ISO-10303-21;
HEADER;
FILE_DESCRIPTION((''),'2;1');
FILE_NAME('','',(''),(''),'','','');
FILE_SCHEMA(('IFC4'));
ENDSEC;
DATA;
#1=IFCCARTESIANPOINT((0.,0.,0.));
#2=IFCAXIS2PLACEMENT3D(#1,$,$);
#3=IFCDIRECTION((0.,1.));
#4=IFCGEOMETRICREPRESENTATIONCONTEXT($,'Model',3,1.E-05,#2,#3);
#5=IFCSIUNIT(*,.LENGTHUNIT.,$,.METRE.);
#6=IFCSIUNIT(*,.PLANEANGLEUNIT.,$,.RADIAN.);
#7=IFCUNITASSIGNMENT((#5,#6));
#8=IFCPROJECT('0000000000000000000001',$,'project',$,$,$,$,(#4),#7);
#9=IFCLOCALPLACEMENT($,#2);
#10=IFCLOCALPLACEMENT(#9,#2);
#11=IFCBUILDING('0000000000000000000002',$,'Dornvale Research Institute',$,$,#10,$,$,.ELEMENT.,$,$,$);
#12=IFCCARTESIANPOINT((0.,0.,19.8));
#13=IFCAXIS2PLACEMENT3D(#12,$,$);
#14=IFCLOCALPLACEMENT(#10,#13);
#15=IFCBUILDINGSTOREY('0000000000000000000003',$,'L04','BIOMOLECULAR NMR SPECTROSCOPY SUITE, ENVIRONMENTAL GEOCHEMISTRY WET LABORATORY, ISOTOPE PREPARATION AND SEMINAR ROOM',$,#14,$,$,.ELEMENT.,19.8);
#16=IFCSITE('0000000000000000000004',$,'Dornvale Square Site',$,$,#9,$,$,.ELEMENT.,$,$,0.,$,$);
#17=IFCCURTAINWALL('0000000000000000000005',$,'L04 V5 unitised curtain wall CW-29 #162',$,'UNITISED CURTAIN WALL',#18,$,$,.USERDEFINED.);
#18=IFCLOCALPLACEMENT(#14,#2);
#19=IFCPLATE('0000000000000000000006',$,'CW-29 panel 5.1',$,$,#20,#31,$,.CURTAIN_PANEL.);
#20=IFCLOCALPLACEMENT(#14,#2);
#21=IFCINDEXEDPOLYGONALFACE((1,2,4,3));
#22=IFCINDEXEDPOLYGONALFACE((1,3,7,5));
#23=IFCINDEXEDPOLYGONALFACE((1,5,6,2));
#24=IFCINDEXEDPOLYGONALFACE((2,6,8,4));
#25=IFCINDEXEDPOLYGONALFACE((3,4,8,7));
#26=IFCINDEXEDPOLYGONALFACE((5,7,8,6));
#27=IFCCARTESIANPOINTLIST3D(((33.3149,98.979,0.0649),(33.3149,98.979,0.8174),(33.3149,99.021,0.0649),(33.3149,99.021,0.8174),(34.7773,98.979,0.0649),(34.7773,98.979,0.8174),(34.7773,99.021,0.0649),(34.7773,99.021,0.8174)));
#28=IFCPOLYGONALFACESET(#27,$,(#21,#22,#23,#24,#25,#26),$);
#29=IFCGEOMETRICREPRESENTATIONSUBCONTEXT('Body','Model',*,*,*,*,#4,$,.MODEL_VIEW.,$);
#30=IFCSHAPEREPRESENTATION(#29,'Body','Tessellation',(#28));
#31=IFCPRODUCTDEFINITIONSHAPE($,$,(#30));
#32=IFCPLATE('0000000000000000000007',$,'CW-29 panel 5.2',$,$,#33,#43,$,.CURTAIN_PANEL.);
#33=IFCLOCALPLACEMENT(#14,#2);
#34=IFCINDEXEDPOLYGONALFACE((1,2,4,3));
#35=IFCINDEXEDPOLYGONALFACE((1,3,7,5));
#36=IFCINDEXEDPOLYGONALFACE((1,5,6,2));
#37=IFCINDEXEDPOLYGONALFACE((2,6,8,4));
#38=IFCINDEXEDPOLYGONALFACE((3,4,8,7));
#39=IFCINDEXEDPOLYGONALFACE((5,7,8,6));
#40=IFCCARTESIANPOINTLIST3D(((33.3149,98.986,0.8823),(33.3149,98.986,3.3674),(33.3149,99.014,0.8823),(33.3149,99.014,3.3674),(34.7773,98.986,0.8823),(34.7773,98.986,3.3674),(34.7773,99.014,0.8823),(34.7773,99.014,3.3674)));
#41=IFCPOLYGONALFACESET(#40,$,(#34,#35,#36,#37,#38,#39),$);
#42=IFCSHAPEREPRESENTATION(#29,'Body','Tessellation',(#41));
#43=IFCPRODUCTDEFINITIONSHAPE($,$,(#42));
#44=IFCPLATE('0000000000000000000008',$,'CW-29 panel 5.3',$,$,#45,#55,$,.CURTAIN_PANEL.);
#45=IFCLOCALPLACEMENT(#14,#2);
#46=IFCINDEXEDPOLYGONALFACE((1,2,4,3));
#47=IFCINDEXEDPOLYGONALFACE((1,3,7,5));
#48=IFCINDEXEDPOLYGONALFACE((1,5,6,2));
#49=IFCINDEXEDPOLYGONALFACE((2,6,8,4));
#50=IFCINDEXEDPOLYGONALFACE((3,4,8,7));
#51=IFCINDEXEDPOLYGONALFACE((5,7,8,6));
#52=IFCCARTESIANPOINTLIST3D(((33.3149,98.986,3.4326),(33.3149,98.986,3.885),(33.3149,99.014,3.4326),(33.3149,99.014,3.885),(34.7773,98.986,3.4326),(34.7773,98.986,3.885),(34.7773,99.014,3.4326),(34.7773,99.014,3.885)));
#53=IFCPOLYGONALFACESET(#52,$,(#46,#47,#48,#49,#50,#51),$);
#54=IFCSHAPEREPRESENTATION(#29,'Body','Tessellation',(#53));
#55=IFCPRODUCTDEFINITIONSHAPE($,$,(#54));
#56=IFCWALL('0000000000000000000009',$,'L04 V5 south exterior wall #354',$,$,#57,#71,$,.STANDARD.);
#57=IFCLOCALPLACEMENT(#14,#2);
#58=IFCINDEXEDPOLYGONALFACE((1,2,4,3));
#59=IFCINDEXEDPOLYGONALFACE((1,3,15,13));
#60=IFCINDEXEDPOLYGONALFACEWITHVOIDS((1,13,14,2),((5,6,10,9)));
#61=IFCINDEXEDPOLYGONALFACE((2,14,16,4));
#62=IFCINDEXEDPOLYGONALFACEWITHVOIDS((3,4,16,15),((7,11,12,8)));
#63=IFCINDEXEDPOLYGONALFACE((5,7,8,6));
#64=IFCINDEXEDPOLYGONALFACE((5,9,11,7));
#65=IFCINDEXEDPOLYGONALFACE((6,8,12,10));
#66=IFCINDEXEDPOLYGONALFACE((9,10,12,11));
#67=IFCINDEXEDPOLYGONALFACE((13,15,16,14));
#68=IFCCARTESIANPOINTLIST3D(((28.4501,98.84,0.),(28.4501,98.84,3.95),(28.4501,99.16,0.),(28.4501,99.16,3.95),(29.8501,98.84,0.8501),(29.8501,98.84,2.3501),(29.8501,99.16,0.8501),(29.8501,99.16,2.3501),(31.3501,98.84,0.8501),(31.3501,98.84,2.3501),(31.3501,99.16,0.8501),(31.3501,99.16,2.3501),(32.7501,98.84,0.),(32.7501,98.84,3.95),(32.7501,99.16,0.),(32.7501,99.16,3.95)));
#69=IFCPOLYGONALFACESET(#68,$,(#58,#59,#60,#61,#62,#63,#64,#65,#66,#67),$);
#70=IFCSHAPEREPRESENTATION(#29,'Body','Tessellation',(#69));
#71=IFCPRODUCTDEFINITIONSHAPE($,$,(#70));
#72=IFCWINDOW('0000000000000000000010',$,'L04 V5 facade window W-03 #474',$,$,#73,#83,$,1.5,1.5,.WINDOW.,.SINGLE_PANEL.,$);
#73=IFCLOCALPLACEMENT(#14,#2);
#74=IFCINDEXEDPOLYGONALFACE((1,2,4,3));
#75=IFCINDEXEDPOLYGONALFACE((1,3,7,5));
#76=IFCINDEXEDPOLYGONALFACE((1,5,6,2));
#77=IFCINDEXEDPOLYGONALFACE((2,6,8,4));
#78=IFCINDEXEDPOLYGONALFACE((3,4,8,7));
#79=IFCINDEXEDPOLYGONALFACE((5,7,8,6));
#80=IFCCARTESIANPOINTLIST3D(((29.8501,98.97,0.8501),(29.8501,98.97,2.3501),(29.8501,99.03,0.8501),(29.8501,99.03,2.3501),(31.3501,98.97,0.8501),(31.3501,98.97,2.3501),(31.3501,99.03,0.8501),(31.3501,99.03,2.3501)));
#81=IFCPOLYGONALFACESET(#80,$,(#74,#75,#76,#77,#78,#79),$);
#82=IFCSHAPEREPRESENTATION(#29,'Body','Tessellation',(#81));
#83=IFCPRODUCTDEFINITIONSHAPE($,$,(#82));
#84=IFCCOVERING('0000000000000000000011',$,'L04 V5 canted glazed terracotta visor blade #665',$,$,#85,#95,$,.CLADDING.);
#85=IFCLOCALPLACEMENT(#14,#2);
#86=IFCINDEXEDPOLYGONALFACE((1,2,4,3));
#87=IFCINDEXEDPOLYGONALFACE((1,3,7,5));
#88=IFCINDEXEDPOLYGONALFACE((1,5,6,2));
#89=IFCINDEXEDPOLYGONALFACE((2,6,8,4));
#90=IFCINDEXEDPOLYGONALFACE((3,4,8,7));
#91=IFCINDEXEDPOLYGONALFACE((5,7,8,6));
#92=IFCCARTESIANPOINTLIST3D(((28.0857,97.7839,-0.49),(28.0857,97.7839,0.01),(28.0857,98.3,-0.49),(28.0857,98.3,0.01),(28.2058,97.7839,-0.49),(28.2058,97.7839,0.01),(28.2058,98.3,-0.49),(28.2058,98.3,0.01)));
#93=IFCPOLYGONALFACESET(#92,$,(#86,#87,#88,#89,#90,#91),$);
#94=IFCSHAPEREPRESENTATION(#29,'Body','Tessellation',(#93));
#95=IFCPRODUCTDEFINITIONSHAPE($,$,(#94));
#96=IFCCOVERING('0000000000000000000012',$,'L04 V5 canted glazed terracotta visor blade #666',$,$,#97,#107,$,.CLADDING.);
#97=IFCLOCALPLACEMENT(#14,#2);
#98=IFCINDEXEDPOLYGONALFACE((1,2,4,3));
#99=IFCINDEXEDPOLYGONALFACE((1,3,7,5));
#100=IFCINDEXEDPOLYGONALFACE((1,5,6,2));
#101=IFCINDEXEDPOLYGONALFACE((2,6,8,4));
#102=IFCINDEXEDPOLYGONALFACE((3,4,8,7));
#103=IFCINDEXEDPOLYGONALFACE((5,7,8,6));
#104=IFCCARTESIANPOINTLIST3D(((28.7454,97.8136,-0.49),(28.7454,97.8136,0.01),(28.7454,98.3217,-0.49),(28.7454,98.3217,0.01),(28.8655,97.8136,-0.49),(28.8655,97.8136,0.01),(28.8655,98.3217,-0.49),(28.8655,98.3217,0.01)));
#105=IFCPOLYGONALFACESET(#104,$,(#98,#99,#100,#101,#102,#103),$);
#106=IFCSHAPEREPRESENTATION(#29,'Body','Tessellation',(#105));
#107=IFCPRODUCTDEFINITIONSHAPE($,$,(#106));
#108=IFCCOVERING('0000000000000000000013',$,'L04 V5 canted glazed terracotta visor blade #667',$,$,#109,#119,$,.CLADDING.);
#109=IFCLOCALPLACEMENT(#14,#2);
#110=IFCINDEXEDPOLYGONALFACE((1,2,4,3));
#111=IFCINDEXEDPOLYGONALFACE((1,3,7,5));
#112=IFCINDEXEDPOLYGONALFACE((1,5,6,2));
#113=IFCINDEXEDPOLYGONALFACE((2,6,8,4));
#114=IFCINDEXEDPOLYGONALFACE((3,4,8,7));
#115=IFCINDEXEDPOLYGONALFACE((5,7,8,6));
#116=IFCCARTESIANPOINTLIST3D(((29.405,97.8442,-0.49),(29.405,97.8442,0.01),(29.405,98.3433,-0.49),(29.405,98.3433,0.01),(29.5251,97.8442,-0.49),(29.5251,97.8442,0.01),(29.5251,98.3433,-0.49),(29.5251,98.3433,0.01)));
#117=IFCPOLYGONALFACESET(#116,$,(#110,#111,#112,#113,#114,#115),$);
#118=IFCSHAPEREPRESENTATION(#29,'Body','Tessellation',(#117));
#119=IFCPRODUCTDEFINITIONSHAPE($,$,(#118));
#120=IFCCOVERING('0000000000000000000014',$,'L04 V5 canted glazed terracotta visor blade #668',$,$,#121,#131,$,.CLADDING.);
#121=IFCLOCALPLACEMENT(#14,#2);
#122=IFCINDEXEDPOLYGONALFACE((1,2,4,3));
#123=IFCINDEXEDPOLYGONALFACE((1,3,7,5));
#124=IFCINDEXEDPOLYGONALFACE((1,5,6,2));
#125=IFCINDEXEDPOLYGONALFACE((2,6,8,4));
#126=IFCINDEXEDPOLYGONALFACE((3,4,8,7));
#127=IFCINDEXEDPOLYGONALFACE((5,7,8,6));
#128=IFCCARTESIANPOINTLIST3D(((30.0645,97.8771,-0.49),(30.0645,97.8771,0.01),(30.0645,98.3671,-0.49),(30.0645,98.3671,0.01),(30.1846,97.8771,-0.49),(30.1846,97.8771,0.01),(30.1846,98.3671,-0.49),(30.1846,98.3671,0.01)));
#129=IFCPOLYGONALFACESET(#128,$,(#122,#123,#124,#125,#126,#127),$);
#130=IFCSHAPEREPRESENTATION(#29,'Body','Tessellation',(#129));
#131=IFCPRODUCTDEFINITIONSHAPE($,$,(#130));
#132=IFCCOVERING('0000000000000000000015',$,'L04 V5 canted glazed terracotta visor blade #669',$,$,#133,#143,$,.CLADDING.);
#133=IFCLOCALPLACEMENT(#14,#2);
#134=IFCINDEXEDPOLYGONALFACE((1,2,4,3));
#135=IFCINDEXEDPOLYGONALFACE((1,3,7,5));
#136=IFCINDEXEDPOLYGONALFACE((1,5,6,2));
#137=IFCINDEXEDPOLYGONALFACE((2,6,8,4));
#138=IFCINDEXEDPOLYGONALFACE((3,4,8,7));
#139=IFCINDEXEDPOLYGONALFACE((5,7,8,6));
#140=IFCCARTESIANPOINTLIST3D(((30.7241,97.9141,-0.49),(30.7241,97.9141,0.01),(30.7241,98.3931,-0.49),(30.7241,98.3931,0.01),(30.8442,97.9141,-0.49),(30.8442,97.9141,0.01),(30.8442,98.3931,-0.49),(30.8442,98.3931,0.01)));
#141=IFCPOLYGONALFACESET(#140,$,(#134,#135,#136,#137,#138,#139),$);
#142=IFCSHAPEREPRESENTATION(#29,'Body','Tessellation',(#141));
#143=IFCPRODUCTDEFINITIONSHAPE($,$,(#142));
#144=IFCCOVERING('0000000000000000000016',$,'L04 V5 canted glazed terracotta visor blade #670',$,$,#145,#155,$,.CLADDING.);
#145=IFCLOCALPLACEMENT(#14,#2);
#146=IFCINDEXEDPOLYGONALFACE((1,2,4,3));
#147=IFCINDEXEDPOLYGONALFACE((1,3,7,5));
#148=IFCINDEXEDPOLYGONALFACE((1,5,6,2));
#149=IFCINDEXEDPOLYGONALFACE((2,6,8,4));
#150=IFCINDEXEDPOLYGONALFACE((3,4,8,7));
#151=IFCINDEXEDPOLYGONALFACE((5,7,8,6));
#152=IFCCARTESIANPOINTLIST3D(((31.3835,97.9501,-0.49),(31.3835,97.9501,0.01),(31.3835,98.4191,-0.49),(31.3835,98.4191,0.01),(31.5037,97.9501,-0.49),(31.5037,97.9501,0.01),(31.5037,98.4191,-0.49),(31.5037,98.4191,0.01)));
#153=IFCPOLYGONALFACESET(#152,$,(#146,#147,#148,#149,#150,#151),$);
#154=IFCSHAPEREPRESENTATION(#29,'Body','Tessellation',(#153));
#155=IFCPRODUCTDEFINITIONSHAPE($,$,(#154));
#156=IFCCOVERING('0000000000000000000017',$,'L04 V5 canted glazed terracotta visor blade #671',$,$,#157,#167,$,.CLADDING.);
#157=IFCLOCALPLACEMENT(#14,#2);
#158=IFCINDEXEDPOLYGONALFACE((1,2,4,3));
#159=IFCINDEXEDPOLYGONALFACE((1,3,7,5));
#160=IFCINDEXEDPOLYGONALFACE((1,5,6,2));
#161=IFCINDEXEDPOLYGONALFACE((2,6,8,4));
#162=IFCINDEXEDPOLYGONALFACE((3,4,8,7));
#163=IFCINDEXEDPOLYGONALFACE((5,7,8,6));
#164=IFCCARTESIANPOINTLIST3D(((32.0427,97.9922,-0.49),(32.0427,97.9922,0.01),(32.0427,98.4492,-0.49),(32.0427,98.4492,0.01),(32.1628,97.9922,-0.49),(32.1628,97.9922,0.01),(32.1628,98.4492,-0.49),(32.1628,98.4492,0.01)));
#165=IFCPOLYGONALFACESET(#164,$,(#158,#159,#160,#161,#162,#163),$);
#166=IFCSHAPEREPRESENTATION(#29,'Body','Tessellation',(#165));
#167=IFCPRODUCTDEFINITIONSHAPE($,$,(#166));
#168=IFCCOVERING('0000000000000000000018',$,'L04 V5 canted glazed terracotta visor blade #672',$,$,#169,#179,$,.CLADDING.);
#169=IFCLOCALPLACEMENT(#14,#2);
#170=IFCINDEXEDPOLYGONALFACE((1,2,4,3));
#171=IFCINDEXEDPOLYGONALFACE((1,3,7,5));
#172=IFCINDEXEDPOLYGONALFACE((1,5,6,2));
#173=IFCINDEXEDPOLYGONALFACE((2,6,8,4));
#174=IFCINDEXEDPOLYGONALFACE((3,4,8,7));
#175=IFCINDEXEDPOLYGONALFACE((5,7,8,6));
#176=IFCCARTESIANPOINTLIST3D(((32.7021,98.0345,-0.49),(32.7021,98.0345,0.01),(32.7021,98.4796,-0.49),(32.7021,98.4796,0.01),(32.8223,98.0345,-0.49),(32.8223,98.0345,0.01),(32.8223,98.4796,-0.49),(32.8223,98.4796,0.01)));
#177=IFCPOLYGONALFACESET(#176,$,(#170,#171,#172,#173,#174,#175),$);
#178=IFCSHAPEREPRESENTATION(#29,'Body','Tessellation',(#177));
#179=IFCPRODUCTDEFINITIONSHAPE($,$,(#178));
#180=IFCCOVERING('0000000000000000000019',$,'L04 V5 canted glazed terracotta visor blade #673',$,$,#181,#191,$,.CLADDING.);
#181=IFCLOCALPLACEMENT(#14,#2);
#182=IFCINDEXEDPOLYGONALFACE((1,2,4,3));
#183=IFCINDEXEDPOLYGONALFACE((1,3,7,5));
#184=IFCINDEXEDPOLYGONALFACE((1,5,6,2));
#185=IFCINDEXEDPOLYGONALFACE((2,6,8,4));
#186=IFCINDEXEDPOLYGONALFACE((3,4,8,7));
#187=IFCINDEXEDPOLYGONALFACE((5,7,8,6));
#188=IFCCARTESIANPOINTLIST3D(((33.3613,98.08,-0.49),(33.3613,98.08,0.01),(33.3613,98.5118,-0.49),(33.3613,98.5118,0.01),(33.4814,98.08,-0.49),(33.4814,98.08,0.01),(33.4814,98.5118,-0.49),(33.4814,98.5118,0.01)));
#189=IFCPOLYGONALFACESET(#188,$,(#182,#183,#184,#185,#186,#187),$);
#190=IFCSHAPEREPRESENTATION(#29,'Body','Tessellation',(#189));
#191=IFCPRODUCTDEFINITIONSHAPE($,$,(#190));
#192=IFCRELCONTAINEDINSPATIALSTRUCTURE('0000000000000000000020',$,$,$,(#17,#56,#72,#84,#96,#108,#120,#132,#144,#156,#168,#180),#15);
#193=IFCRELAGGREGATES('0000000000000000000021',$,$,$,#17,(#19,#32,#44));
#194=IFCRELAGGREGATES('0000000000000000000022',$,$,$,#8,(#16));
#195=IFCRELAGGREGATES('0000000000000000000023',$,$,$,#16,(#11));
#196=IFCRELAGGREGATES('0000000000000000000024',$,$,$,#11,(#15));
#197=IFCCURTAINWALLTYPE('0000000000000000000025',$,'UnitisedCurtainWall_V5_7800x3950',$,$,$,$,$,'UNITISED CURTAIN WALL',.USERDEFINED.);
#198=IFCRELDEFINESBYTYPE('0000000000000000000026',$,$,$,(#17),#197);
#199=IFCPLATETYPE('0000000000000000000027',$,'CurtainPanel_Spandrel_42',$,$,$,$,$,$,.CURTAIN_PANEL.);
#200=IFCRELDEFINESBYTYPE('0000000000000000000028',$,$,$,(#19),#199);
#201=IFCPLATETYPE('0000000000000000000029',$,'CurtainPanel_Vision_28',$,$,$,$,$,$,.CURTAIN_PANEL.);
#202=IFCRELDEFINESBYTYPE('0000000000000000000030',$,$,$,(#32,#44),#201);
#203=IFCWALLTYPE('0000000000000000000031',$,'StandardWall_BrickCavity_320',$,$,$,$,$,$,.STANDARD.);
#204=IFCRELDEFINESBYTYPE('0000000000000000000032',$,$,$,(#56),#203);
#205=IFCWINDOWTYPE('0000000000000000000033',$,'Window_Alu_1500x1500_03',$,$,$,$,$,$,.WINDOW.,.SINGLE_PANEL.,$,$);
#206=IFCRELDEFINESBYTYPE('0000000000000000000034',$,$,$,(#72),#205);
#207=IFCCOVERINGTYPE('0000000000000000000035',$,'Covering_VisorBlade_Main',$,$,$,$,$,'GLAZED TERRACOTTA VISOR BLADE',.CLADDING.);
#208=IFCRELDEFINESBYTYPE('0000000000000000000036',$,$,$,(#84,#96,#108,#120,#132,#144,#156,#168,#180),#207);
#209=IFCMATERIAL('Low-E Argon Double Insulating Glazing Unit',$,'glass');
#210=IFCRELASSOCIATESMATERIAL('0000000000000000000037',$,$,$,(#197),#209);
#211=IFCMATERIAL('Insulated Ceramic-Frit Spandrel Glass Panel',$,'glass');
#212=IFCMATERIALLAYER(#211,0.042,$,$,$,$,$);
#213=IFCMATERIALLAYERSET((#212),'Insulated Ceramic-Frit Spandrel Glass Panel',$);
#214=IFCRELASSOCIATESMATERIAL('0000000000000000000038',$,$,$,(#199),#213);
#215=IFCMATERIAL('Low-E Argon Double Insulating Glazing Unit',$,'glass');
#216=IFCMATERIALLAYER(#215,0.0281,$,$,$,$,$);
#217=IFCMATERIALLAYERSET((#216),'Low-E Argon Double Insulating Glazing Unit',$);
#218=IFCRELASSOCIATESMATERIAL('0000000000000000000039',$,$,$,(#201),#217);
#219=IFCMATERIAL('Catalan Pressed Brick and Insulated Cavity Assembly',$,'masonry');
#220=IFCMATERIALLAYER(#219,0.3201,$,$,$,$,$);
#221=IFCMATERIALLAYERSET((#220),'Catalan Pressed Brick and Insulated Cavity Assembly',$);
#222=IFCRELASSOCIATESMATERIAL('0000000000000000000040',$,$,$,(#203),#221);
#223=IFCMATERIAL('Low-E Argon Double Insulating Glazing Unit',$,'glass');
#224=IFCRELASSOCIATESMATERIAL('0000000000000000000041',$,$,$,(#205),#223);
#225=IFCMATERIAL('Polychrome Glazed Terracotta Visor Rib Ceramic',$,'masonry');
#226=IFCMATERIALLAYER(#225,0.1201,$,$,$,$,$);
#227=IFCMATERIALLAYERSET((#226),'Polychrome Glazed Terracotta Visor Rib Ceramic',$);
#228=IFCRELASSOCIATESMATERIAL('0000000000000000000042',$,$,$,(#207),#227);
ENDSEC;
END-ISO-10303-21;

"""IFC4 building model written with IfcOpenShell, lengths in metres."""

from ifc_helpers import new_model, si_unit, direction, frame, frame_2d, origin, origin_2d, place, context, subcontext, project, spatial, rectangle, extrude, material, layer, layer_set, type_object, element, fill, aggregate, save


model = new_model("IFC4")

# Units and contexts
model_context = context("Model", 3, precision=1e-05, world=origin(), true_north=direction((0.0, 1.0)))
body_context = subcontext(model_context, "Body", "Model", "MODEL_VIEW")
ifc_project = project(units=[si_unit("LENGTHUNIT", "METRE"), si_unit("PLANEANGLEUNIT", "RADIAN")], contexts=[model_context])

# Site, building, storey
site_placement = place(None, origin())
site = spatial("IfcSite", under=ifc_project, at=site_placement, Name="Dornvale Square Site", CompositionType="ELEMENT", RefElevation=0.0)
building_placement = place(site_placement, origin())
building = spatial("IfcBuilding", under=site, at=building_placement, Name="Dornvale Research Institute", CompositionType="ELEMENT")
storey_placement = place(building_placement, frame((0.0, 0.0, 19.8)))
storey = spatial("IfcBuildingStorey", under=building, at=storey_placement, Name="L04", Description="BIOMOLECULAR NMR SPECTROSCOPY SUITE, ENVIRONMENTAL GEOCHEMISTRY WET LABORATORY, ISOTOPE PREPARATION AND SEMINAR ROOM", CompositionType="ELEMENT", Elevation=19.8)

# Curtain wall
ifc_material_1 = material(Name="Low-E Argon Double Insulating Glazing Unit", Category="glass")
curtain_wall_type_1 = type_object("IfcCurtainWallType", Name="UnitisedCurtainWall_V5_7800x3950", ElementType="UNITISED CURTAIN WALL", PredefinedType="USERDEFINED", material=ifc_material_1)
curtain_wall_1_placement = place(storey_placement, origin())
curtain_wall_1 = element("IfcCurtainWall", 1, at=curtain_wall_1_placement, inside=storey, type_object=curtain_wall_type_1, Name="L04 V5 unitised curtain wall CW-29 #162", ObjectType="UNITISED CURTAIN WALL", PredefinedType="USERDEFINED")

# Plates
ifc_material_2 = material(Name="Insulated Ceramic-Frit Spandrel Glass Panel", Category="glass")
ifc_layer_1 = layer(ifc_material_2, 0.042)
ifc_layer_set_1 = layer_set([ifc_layer_1], Name="Insulated Ceramic-Frit Spandrel Glass Panel")
plate_type_1 = type_object("IfcPlateType", Name="CurtainPanel_Spandrel_42", PredefinedType="CURTAIN_PANEL", material=ifc_layer_set_1)
plate_1_placement = place(storey_placement, frame((34.0461, 99.0, 0.0649), z_axis=(0.0, 0.0, 1.0), x_axis=(-1.0, 0.0, 0.0)))
plate_1 = element("IfcPlate", 2, at=plate_1_placement, type_object=plate_type_1, Name="CW-29 panel 5.1", PredefinedType="CURTAIN_PANEL", context=body_context, shape_type="SweptSolid", body=[
    extrude(rectangle(XDim=1.4624, YDim=0.042, at=origin_2d()), origin(), (0.0, 0.0, 1.0), 0.7524),
])
ifc_material_3 = material(Name="Low-E Argon Double Insulating Glazing Unit", Category="glass")
ifc_layer_2 = layer(ifc_material_3, 0.0281)
ifc_layer_set_2 = layer_set([ifc_layer_2], Name="Low-E Argon Double Insulating Glazing Unit")
plate_type_2 = type_object("IfcPlateType", Name="CurtainPanel_Vision_28", PredefinedType="CURTAIN_PANEL", material=ifc_layer_set_2)
plate_2_placement = place(storey_placement, frame((34.0461, 99.0, 0.8823), z_axis=(0.0, 0.0, 1.0), x_axis=(-1.0, 0.0, 0.0)))
plate_2 = element("IfcPlate", 3, at=plate_2_placement, type_object=plate_type_2, Name="CW-29 panel 5.2", PredefinedType="CURTAIN_PANEL", context=body_context, shape_type="SweptSolid", body=[
    extrude(rectangle(XDim=1.4624, YDim=0.0281, at=origin_2d()), origin(), (0.0, 0.0, 1.0), 2.4851),
])
plate_3_placement = place(storey_placement, frame((34.0461, 99.0, 3.4326), z_axis=(0.0, 0.0, 1.0), x_axis=(-1.0, 0.0, 0.0)))
plate_3 = element("IfcPlate", 4, at=plate_3_placement, type_object=plate_type_2, Name="CW-29 panel 5.3", PredefinedType="CURTAIN_PANEL", context=body_context, shape_type="SweptSolid", body=[
    extrude(rectangle(XDim=1.4624, YDim=0.0281, at=origin_2d()), origin(), (0.0, 0.0, 1.0), 0.4524),
])
aggregate(curtain_wall_1, [plate_1, plate_2, plate_3])

# Wall, opening, window
ifc_material_4 = material(Name="Catalan Pressed Brick and Insulated Cavity Assembly", Category="masonry")
ifc_layer_3 = layer(ifc_material_4, 0.3201)
ifc_layer_set_3 = layer_set([ifc_layer_3], Name="Catalan Pressed Brick and Insulated Cavity Assembly")
wall_type = type_object("IfcWallType", Name="StandardWall_BrickCavity_320", PredefinedType="STANDARD", material=ifc_layer_set_3)
wall_placement = place(storey_placement, frame((32.75, 99.0, 0.0), z_axis=(0.0, 0.0, 1.0), x_axis=(-1.0, 0.0, 0.0)))
wall = element("IfcWall", 5, at=wall_placement, inside=storey, type_object=wall_type, Name="L04 V5 south exterior wall #354", PredefinedType="STANDARD", context=body_context, shape_type="SweptSolid", body=[
    extrude(rectangle(XDim=4.3, YDim=0.3201, at=frame_2d((2.1499, 0.0))), origin(), (0.0, 0.0, 1.0), 3.95),
])
opening_placement = place(wall_placement, frame((1.3999, 0.0, 0.8501)))
opening = element("IfcOpeningElement", 6, at=opening_placement, cuts=wall, PredefinedType="OPENING", context=body_context, shape_type="SweptSolid", body=[
    extrude(rectangle(XDim=1.5, YDim=1.5, at=frame_2d((0.75, 0.75))), frame((0.0, 0.175, 0.0), z_axis=(0.0, -1.0, 0.0), x_axis=(1.0, 0.0, 0.0)), (0.0, 0.0, 1.0), 0.3501),
])
ifc_material_5 = material(Name="Low-E Argon Double Insulating Glazing Unit", Category="glass")
window_type = type_object("IfcWindowType", Name="Window_Alu_1500x1500_03", PartitioningType="SINGLE_PANEL", PredefinedType="WINDOW", material=ifc_material_5)
window_placement = place(opening_placement, origin())
window = element("IfcWindow", 7, at=window_placement, inside=storey, type_object=window_type, Name="L04 V5 facade window W-03 #474", OverallHeight=1.5, OverallWidth=1.5, PartitioningType="SINGLE_PANEL", PredefinedType="WINDOW", context=body_context, shape_type="SweptSolid", body=[
    extrude(rectangle(XDim=1.5, YDim=1.5, at=frame_2d((0.75, 0.75))), frame((0.0, 0.03, 0.0), z_axis=(0.0, -1.0, 0.0), x_axis=(1.0, 0.0, 0.0)), (0.0, 0.0, 1.0), 0.0601),
])
fill(opening, window)

# Coverings
ifc_material_6 = material(Name="Polychrome Glazed Terracotta Visor Rib Ceramic", Category="masonry")
ifc_layer_4 = layer(ifc_material_6, 0.1201)
ifc_layer_set_4 = layer_set([ifc_layer_4], Name="Polychrome Glazed Terracotta Visor Rib Ceramic")
covering_type = type_object("IfcCoveringType", Name="Covering_VisorBlade_Main", ElementType="GLAZED TERRACOTTA VISOR BLADE", PredefinedType="CLADDING", material=ifc_layer_set_4)
covering_1_placement = place(storey_placement, frame((28.1458, 98.042, -0.49), z_axis=(0.0, 0.0, 1.0), x_axis=(0.0, 1.0, 0.0)))
element("IfcCovering", 8, at=covering_1_placement, inside=storey, type_object=covering_type, Name="L04 V5 canted glazed terracotta visor blade #665", PredefinedType="CLADDING", context=body_context, shape_type="SweptSolid", body=[
    extrude(rectangle(XDim=0.5161, YDim=0.1201, at=origin_2d()), origin(), (0.0, 0.0, 1.0), 0.5),
])
covering_2_placement = place(storey_placement, frame((28.8054, 98.0676, -0.49), z_axis=(0.0, 0.0, 1.0), x_axis=(0.0, 1.0, 0.0)))
element("IfcCovering", 9, at=covering_2_placement, inside=storey, type_object=covering_type, Name="L04 V5 canted glazed terracotta visor blade #666", PredefinedType="CLADDING", context=body_context, shape_type="SweptSolid", body=[
    extrude(rectangle(XDim=0.5081, YDim=0.1201, at=origin_2d()), origin(), (0.0, 0.0, 1.0), 0.5),
])
covering_3_placement = place(storey_placement, frame((29.4651, 98.0938, -0.49), z_axis=(0.0, 0.0, 1.0), x_axis=(0.0, 1.0, 0.0)))
element("IfcCovering", 10, at=covering_3_placement, inside=storey, type_object=covering_type, Name="L04 V5 canted glazed terracotta visor blade #667", PredefinedType="CLADDING", context=body_context, shape_type="SweptSolid", body=[
    extrude(rectangle(XDim=0.499, YDim=0.1201, at=origin_2d()), origin(), (0.0, 0.0, 1.0), 0.5),
])
covering_4_placement = place(storey_placement, frame((30.1245, 98.1221, -0.49), z_axis=(0.0, 0.0, 1.0), x_axis=(0.0, 1.0, 0.0)))
element("IfcCovering", 11, at=covering_4_placement, inside=storey, type_object=covering_type, Name="L04 V5 canted glazed terracotta visor blade #668", PredefinedType="CLADDING", context=body_context, shape_type="SweptSolid", body=[
    extrude(rectangle(XDim=0.49, YDim=0.1201, at=origin_2d()), origin(), (0.0, 0.0, 1.0), 0.5),
])
covering_5_placement = place(storey_placement, frame((30.7842, 98.1536, -0.49), z_axis=(0.0, 0.0, 1.0), x_axis=(0.0, 1.0, 0.0)))
element("IfcCovering", 12, at=covering_5_placement, inside=storey, type_object=covering_type, Name="L04 V5 canted glazed terracotta visor blade #669", PredefinedType="CLADDING", context=body_context, shape_type="SweptSolid", body=[
    extrude(rectangle(XDim=0.479, YDim=0.1201, at=origin_2d()), origin(), (0.0, 0.0, 1.0), 0.5),
])
covering_6_placement = place(storey_placement, frame((31.4436, 98.1846, -0.49), z_axis=(0.0, 0.0, 1.0), x_axis=(0.0, 1.0, 0.0)))
element("IfcCovering", 13, at=covering_6_placement, inside=storey, type_object=covering_type, Name="L04 V5 canted glazed terracotta visor blade #670", PredefinedType="CLADDING", context=body_context, shape_type="SweptSolid", body=[
    extrude(rectangle(XDim=0.469, YDim=0.1201, at=origin_2d()), origin(), (0.0, 0.0, 1.0), 0.5),
])
covering_7_placement = place(storey_placement, frame((32.1028, 98.2207, -0.49), z_axis=(0.0, 0.0, 1.0), x_axis=(0.0, 1.0, 0.0)))
element("IfcCovering", 14, at=covering_7_placement, inside=storey, type_object=covering_type, Name="L04 V5 canted glazed terracotta visor blade #671", PredefinedType="CLADDING", context=body_context, shape_type="SweptSolid", body=[
    extrude(rectangle(XDim=0.457, YDim=0.1201, at=origin_2d()), origin(), (0.0, 0.0, 1.0), 0.5),
])
covering_8_placement = place(storey_placement, frame((32.7622, 98.2571, -0.49), z_axis=(0.0, 0.0, 1.0), x_axis=(0.0, 1.0, 0.0)))
element("IfcCovering", 15, at=covering_8_placement, inside=storey, type_object=covering_type, Name="L04 V5 canted glazed terracotta visor blade #672", PredefinedType="CLADDING", context=body_context, shape_type="SweptSolid", body=[
    extrude(rectangle(XDim=0.4451, YDim=0.1201, at=origin_2d()), origin(), (0.0, 0.0, 1.0), 0.5),
])
covering_9_placement = place(storey_placement, frame((33.4214, 98.2959, -0.49), z_axis=(0.0, 0.0, 1.0), x_axis=(0.0, 1.0, 0.0)))
element("IfcCovering", 16, at=covering_9_placement, inside=storey, type_object=covering_type, Name="L04 V5 canted glazed terracotta visor blade #673", PredefinedType="CLADDING", context=body_context, shape_type="SweptSolid", body=[
    extrude(rectangle(XDim=0.4319, YDim=0.1201, at=origin_2d()), origin(), (0.0, 0.0, 1.0), 0.5),
])

save(model, "model.ifc")
